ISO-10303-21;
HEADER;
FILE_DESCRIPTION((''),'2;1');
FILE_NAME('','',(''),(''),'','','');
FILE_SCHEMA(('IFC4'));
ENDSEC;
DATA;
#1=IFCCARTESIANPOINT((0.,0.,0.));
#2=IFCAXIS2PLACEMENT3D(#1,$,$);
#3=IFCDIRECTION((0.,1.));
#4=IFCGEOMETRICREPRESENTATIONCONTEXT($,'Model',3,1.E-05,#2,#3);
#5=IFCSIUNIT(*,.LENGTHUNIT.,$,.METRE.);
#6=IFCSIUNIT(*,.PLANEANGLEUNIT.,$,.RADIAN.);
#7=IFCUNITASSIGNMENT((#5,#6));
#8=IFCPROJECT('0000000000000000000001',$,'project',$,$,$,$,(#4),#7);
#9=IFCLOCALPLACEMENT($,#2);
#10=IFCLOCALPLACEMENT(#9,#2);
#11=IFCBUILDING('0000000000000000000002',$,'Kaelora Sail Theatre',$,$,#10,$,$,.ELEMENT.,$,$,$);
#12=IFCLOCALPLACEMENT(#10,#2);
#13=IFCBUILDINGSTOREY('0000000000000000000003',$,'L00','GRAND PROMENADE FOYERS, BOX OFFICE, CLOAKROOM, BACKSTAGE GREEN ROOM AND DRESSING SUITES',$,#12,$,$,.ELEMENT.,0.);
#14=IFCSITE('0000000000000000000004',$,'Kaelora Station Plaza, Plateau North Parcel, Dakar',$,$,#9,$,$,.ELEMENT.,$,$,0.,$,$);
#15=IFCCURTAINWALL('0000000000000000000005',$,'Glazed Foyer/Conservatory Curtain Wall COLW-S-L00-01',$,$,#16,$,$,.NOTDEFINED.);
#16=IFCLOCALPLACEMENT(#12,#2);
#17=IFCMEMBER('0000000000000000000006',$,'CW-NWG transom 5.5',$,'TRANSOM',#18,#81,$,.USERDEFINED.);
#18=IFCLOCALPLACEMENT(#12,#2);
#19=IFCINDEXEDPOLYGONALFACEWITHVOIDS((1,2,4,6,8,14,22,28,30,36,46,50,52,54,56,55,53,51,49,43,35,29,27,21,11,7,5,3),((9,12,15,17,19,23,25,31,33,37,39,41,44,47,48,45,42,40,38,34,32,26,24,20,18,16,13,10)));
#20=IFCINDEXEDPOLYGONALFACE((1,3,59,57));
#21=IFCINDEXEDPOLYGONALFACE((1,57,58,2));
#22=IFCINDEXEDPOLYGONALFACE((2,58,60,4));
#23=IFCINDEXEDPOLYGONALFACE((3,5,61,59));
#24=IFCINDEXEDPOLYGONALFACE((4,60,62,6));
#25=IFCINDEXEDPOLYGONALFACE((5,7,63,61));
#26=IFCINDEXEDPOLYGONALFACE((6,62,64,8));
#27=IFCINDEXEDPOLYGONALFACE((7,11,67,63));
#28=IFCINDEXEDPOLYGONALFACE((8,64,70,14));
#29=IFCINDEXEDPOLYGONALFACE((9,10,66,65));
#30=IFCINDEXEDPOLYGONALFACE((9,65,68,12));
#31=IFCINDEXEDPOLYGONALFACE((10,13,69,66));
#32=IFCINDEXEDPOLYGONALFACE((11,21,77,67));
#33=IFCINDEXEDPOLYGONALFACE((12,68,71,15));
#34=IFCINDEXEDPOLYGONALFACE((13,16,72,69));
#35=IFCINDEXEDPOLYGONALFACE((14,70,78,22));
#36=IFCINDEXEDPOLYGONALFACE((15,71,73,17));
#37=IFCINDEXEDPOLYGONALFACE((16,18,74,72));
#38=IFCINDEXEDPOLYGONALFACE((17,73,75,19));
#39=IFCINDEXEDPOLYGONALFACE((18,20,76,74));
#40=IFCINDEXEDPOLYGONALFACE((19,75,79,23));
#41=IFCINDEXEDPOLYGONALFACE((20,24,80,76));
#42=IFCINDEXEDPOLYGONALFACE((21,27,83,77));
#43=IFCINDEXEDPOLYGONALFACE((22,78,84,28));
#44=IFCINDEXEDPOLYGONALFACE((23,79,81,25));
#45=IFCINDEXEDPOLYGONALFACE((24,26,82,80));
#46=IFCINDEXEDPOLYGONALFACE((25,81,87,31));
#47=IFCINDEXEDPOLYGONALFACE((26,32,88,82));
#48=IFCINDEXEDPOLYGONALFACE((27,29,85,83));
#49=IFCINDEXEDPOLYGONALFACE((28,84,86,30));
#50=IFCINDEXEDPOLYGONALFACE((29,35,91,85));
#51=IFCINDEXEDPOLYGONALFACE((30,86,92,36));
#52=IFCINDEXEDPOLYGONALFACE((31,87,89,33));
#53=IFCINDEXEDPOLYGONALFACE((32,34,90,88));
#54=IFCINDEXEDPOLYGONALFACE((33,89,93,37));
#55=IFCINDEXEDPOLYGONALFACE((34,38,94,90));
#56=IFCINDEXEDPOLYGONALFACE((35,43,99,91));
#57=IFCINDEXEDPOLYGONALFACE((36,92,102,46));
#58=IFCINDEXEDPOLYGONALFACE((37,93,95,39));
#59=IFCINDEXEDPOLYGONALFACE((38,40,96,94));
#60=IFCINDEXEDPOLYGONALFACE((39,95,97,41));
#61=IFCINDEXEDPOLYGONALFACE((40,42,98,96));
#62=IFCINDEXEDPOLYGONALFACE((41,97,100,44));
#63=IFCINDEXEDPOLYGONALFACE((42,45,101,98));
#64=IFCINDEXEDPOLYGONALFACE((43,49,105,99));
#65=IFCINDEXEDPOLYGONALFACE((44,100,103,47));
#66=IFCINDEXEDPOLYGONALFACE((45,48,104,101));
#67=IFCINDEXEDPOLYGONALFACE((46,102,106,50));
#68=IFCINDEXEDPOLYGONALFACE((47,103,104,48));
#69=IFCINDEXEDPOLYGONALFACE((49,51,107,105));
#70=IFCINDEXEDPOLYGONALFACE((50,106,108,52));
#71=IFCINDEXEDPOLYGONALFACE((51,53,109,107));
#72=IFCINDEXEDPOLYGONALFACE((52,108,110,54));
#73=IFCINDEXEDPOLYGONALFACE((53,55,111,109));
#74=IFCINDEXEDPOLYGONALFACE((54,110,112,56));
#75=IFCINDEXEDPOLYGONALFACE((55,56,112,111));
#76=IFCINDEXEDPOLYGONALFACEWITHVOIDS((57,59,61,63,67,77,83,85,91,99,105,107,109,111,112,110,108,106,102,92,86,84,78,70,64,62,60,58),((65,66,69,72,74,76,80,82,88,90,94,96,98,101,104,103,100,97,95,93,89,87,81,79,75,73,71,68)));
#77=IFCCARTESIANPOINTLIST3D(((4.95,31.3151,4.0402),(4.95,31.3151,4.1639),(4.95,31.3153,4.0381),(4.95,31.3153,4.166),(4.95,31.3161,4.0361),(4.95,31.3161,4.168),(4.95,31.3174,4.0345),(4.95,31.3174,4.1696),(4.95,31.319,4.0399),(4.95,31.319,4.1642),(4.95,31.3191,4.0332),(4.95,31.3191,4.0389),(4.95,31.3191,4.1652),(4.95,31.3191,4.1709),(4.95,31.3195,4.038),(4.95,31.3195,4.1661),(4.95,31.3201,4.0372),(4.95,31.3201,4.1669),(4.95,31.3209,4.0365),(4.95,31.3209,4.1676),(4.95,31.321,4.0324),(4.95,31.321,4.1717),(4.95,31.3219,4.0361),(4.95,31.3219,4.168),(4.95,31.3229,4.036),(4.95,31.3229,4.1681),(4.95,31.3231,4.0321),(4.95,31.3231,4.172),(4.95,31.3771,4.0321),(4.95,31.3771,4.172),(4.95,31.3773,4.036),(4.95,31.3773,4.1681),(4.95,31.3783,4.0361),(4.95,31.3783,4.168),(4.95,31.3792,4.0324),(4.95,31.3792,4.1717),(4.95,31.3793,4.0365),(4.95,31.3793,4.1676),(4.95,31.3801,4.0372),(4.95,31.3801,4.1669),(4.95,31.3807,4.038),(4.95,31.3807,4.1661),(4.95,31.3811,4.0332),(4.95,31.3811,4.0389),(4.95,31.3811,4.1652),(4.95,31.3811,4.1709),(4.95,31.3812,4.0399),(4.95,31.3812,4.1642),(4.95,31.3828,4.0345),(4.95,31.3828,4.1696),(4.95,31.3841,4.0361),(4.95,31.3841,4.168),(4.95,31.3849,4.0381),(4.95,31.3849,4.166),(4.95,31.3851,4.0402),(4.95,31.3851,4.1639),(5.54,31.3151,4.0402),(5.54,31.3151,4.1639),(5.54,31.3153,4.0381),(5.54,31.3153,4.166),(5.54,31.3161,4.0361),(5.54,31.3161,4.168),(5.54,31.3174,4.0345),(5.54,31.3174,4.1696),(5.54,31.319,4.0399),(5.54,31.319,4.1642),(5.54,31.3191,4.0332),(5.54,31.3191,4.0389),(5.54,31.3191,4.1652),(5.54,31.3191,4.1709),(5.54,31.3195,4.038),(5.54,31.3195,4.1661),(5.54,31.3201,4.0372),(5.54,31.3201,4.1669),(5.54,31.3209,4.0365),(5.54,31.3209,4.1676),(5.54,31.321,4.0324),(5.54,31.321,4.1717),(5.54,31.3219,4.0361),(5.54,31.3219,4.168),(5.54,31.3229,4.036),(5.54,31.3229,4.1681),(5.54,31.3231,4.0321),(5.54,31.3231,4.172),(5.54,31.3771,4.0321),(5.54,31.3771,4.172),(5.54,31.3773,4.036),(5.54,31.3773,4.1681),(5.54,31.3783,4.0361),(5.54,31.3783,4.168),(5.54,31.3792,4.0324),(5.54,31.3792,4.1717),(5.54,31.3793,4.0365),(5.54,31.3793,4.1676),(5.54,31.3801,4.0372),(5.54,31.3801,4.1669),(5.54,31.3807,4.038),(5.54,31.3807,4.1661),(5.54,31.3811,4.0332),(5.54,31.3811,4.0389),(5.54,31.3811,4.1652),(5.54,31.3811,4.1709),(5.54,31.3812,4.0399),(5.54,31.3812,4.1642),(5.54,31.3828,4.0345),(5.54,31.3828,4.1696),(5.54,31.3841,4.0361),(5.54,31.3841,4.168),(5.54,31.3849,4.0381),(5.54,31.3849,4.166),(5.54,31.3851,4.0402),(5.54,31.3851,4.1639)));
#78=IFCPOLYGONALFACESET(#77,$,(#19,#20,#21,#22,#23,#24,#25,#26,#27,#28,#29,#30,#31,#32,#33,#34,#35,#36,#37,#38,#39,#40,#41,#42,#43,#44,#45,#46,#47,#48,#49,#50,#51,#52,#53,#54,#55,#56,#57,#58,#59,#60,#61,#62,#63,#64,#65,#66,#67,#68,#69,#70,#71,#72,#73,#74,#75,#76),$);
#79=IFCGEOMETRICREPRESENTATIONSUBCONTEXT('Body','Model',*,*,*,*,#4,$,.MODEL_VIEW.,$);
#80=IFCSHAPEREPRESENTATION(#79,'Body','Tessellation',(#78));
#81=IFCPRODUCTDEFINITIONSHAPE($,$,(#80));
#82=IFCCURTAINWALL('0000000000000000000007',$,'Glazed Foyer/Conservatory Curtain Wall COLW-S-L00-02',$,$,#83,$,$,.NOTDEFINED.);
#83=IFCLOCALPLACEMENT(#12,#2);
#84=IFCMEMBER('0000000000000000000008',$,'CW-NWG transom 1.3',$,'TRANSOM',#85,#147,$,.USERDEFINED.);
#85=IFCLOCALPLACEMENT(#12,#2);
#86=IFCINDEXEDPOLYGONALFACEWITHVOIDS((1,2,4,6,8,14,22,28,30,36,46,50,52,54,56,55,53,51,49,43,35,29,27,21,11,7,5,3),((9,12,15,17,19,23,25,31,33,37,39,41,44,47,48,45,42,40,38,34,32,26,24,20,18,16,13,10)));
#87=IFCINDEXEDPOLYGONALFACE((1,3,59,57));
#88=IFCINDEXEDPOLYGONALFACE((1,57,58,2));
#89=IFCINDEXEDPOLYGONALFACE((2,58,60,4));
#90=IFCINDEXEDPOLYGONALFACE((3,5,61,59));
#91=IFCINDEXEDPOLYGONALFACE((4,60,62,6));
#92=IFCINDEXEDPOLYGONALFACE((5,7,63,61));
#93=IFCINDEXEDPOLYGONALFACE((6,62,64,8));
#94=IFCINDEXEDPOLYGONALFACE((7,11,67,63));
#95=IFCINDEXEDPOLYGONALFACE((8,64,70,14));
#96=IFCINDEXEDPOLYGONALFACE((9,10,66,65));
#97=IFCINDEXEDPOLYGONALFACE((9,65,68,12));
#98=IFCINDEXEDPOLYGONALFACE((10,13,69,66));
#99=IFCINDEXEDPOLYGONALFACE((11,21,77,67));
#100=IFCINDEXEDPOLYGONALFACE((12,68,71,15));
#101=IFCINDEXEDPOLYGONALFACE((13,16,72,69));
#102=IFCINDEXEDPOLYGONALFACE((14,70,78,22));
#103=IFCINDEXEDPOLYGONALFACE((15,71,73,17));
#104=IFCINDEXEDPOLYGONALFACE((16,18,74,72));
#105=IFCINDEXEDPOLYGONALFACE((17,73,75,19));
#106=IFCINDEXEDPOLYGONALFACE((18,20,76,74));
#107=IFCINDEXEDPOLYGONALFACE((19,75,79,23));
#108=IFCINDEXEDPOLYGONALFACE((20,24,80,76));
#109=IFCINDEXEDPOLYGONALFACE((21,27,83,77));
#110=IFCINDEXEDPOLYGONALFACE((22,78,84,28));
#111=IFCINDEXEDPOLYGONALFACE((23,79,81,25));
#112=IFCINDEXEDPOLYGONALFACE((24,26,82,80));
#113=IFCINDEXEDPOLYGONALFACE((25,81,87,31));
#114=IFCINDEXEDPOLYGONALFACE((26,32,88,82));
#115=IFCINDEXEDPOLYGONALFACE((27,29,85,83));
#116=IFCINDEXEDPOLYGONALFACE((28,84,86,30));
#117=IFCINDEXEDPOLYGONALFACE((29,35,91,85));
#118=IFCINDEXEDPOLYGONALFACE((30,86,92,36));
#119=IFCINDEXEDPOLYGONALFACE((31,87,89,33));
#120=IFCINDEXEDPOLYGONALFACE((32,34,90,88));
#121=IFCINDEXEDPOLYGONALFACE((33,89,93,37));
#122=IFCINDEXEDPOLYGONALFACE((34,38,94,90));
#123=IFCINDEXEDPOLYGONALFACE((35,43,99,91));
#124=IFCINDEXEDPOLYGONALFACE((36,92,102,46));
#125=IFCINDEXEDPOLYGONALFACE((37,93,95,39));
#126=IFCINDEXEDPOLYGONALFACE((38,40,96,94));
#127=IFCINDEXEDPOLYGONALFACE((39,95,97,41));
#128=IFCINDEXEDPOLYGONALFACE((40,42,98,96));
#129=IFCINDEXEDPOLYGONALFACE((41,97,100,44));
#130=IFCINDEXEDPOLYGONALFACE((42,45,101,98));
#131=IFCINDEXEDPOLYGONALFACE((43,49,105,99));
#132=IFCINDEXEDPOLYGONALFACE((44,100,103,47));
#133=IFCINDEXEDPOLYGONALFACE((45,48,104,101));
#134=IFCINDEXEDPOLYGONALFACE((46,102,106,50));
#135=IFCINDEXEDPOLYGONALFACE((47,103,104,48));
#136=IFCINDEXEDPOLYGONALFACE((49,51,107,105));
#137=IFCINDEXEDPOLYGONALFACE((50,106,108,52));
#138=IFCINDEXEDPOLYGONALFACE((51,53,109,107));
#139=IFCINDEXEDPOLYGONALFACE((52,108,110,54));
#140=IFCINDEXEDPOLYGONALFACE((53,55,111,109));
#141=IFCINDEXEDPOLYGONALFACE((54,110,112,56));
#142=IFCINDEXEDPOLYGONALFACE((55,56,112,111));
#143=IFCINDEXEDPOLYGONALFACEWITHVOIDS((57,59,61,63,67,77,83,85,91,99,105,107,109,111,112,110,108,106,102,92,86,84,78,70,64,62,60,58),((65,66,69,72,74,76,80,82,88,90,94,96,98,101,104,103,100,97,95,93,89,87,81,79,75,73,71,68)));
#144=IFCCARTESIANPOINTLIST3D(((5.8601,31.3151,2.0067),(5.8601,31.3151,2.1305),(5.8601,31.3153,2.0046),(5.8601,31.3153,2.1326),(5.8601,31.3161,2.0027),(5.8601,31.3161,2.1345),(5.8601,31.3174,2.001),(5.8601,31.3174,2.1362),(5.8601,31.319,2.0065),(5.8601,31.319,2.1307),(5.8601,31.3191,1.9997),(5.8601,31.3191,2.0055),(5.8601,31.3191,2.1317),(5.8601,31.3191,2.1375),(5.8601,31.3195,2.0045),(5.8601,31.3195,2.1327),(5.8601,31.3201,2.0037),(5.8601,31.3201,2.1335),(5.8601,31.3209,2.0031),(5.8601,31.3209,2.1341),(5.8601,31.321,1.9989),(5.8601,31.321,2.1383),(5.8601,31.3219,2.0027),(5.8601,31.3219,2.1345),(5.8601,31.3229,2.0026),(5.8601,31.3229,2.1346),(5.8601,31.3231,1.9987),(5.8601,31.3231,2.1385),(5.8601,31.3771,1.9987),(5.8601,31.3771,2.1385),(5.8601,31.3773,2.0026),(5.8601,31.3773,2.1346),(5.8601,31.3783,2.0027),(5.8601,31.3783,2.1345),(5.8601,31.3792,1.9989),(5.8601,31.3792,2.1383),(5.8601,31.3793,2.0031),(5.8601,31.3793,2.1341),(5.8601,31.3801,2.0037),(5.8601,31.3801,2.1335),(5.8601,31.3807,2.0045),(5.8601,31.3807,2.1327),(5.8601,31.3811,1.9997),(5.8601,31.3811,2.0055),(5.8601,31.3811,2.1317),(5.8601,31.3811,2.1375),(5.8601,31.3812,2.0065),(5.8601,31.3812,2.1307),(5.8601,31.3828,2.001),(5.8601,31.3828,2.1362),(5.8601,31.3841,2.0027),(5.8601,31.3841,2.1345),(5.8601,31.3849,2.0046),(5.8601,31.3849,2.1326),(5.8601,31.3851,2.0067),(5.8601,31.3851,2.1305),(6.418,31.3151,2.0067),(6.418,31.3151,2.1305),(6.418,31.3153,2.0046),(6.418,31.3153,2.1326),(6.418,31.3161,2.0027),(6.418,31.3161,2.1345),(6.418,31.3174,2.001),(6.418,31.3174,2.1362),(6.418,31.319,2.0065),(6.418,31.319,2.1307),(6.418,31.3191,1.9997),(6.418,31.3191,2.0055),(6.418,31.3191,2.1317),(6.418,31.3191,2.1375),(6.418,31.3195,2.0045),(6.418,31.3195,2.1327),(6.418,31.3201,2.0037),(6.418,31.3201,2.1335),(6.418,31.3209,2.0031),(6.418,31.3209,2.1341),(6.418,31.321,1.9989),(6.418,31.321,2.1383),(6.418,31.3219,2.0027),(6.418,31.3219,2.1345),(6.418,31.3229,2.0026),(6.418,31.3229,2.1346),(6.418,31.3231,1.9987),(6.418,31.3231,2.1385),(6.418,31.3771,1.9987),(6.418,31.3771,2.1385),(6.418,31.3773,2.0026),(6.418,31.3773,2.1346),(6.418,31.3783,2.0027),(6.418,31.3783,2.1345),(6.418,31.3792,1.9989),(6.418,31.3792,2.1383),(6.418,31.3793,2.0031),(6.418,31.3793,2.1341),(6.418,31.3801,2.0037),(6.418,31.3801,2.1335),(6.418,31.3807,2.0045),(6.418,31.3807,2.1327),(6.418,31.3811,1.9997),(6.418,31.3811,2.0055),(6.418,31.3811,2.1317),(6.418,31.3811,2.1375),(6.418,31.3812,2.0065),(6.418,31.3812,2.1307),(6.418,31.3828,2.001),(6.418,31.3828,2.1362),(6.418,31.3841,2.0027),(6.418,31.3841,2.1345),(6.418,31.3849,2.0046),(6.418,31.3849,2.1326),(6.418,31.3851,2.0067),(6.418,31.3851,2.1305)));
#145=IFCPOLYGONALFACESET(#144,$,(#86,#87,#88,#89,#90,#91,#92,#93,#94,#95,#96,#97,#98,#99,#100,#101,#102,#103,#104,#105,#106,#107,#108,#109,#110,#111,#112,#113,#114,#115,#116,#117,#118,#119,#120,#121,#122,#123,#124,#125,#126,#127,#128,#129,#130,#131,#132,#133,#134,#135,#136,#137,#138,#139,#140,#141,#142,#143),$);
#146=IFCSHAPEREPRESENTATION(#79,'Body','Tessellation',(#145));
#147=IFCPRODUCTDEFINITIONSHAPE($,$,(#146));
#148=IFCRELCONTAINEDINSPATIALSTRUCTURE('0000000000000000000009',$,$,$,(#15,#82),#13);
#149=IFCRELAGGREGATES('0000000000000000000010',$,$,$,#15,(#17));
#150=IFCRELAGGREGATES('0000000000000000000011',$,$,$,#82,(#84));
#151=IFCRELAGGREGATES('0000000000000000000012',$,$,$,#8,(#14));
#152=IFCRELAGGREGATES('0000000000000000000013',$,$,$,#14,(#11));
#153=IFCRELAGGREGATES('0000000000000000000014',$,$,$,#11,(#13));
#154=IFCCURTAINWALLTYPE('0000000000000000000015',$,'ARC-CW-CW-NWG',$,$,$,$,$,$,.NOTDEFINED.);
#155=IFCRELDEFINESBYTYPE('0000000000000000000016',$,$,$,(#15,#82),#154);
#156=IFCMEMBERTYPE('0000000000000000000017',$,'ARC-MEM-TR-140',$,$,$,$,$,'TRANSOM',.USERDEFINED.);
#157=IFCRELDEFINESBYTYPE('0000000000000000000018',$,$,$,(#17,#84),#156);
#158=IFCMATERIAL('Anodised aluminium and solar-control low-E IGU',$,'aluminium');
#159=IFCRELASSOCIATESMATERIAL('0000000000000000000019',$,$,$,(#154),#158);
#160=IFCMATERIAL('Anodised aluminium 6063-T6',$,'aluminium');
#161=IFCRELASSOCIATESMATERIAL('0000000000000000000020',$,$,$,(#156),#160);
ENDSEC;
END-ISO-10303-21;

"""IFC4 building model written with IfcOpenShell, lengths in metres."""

from ifc_helpers import new_model, si_unit, direction, frame, origin, origin_2d, place, context, subcontext, project, spatial, hollow_rectangle, extrude, material, material_profile, profile_set, type_object, element, aggregate, save


model = new_model("IFC4")

# Units and contexts
model_context = context("Model", 3, precision=1e-05, world=origin(), true_north=direction((0.0, 1.0)))
body_context = subcontext(model_context, "Body", "Model", "MODEL_VIEW")
ifc_project = project(units=[si_unit("LENGTHUNIT", "METRE"), si_unit("PLANEANGLEUNIT", "RADIAN")], contexts=[model_context])

# Site, building, storey
site_placement = place(None, origin())
site = spatial("IfcSite", under=ifc_project, at=site_placement, Name="Kaelora Station Plaza, Plateau North Parcel, Dakar", CompositionType="ELEMENT", RefElevation=0.0)
building_placement = place(site_placement, origin())
building = spatial("IfcBuilding", under=site, at=building_placement, Name="Kaelora Sail Theatre", CompositionType="ELEMENT")
storey_placement = place(building_placement, origin())
storey = spatial("IfcBuildingStorey", under=building, at=storey_placement, Name="L00", Description="GRAND PROMENADE FOYERS, BOX OFFICE, CLOAKROOM, BACKSTAGE GREEN ROOM AND DRESSING SUITES", CompositionType="ELEMENT", Elevation=0.0)

# Curtain walls, members
ifc_material_1 = material(Name="Anodised aluminium and solar-control low-E IGU", Category="aluminium")
curtain_wall_type = type_object("IfcCurtainWallType", Name="ARC-CW-CW-NWG", PredefinedType="NOTDEFINED", material=ifc_material_1)
curtain_wall_1_placement = place(storey_placement, origin())
curtain_wall_1 = element("IfcCurtainWall", 1, at=curtain_wall_1_placement, inside=storey, type_object=curtain_wall_type, Name="Glazed Foyer/Conservatory Curtain Wall COLW-S-L00-01", PredefinedType="NOTDEFINED")
ifc_material_2 = material(Name="Anodised aluminium 6063-T6", Category="aluminium")
ifc_material_profile = material_profile(ifc_material_2, hollow_rectangle(XDim=0.0701, YDim=0.1399, WallThickness=0.0039, InnerFilletRadius=0.0039, OuterFilletRadius=0.0081, at=origin_2d()), Name="ALU-TRAN 70x140x4")
ifc_profile_set = profile_set([ifc_material_profile], Name="Anodised aluminium 6063-T6")
member_type = type_object("IfcMemberType", Name="ARC-MEM-TR-140", ElementType="TRANSOM", PredefinedType="USERDEFINED", material=ifc_profile_set)
member_1_placement = place(storey_placement, frame((4.95, 31.3501, 4.1021), z_axis=(1.0, 0.0, 0.0), x_axis=(0.0, 1.0, 0.0)))
member_1 = element("IfcMember", 2, at=member_1_placement, type_object=member_type, Name="CW-NWG transom 5.5", ObjectType="TRANSOM", PredefinedType="USERDEFINED", context=body_context, shape_type="SweptSolid", body=[
    extrude(hollow_rectangle(XDim=0.0701, YDim=0.1399, WallThickness=0.0039, InnerFilletRadius=0.0039, OuterFilletRadius=0.0081, at=origin_2d()), origin(), (0.0, 0.0, 1.0), 0.5901),
])
curtain_wall_2_placement = place(storey_placement, origin())
curtain_wall_2 = element("IfcCurtainWall", 3, at=curtain_wall_2_placement, inside=storey, type_object=curtain_wall_type, Name="Glazed Foyer/Conservatory Curtain Wall COLW-S-L00-02", PredefinedType="NOTDEFINED")
member_2_placement = place(storey_placement, frame((5.8601, 31.3501, 2.0686), z_axis=(1.0, 0.0, 0.0), x_axis=(0.0, 1.0, 0.0)))
member_2 = element("IfcMember", 4, at=member_2_placement, type_object=member_type, Name="CW-NWG transom 1.3", ObjectType="TRANSOM", PredefinedType="USERDEFINED", context=body_context, shape_type="SweptSolid", body=[
    extrude(hollow_rectangle(XDim=0.0701, YDim=0.1399, WallThickness=0.0039, InnerFilletRadius=0.0039, OuterFilletRadius=0.0081, at=origin_2d()), origin(), (0.0, 0.0, 1.0), 0.5579),
])

aggregate(curtain_wall_1, [member_1])
aggregate(curtain_wall_2, [member_2])

save(model, "model.ifc")
